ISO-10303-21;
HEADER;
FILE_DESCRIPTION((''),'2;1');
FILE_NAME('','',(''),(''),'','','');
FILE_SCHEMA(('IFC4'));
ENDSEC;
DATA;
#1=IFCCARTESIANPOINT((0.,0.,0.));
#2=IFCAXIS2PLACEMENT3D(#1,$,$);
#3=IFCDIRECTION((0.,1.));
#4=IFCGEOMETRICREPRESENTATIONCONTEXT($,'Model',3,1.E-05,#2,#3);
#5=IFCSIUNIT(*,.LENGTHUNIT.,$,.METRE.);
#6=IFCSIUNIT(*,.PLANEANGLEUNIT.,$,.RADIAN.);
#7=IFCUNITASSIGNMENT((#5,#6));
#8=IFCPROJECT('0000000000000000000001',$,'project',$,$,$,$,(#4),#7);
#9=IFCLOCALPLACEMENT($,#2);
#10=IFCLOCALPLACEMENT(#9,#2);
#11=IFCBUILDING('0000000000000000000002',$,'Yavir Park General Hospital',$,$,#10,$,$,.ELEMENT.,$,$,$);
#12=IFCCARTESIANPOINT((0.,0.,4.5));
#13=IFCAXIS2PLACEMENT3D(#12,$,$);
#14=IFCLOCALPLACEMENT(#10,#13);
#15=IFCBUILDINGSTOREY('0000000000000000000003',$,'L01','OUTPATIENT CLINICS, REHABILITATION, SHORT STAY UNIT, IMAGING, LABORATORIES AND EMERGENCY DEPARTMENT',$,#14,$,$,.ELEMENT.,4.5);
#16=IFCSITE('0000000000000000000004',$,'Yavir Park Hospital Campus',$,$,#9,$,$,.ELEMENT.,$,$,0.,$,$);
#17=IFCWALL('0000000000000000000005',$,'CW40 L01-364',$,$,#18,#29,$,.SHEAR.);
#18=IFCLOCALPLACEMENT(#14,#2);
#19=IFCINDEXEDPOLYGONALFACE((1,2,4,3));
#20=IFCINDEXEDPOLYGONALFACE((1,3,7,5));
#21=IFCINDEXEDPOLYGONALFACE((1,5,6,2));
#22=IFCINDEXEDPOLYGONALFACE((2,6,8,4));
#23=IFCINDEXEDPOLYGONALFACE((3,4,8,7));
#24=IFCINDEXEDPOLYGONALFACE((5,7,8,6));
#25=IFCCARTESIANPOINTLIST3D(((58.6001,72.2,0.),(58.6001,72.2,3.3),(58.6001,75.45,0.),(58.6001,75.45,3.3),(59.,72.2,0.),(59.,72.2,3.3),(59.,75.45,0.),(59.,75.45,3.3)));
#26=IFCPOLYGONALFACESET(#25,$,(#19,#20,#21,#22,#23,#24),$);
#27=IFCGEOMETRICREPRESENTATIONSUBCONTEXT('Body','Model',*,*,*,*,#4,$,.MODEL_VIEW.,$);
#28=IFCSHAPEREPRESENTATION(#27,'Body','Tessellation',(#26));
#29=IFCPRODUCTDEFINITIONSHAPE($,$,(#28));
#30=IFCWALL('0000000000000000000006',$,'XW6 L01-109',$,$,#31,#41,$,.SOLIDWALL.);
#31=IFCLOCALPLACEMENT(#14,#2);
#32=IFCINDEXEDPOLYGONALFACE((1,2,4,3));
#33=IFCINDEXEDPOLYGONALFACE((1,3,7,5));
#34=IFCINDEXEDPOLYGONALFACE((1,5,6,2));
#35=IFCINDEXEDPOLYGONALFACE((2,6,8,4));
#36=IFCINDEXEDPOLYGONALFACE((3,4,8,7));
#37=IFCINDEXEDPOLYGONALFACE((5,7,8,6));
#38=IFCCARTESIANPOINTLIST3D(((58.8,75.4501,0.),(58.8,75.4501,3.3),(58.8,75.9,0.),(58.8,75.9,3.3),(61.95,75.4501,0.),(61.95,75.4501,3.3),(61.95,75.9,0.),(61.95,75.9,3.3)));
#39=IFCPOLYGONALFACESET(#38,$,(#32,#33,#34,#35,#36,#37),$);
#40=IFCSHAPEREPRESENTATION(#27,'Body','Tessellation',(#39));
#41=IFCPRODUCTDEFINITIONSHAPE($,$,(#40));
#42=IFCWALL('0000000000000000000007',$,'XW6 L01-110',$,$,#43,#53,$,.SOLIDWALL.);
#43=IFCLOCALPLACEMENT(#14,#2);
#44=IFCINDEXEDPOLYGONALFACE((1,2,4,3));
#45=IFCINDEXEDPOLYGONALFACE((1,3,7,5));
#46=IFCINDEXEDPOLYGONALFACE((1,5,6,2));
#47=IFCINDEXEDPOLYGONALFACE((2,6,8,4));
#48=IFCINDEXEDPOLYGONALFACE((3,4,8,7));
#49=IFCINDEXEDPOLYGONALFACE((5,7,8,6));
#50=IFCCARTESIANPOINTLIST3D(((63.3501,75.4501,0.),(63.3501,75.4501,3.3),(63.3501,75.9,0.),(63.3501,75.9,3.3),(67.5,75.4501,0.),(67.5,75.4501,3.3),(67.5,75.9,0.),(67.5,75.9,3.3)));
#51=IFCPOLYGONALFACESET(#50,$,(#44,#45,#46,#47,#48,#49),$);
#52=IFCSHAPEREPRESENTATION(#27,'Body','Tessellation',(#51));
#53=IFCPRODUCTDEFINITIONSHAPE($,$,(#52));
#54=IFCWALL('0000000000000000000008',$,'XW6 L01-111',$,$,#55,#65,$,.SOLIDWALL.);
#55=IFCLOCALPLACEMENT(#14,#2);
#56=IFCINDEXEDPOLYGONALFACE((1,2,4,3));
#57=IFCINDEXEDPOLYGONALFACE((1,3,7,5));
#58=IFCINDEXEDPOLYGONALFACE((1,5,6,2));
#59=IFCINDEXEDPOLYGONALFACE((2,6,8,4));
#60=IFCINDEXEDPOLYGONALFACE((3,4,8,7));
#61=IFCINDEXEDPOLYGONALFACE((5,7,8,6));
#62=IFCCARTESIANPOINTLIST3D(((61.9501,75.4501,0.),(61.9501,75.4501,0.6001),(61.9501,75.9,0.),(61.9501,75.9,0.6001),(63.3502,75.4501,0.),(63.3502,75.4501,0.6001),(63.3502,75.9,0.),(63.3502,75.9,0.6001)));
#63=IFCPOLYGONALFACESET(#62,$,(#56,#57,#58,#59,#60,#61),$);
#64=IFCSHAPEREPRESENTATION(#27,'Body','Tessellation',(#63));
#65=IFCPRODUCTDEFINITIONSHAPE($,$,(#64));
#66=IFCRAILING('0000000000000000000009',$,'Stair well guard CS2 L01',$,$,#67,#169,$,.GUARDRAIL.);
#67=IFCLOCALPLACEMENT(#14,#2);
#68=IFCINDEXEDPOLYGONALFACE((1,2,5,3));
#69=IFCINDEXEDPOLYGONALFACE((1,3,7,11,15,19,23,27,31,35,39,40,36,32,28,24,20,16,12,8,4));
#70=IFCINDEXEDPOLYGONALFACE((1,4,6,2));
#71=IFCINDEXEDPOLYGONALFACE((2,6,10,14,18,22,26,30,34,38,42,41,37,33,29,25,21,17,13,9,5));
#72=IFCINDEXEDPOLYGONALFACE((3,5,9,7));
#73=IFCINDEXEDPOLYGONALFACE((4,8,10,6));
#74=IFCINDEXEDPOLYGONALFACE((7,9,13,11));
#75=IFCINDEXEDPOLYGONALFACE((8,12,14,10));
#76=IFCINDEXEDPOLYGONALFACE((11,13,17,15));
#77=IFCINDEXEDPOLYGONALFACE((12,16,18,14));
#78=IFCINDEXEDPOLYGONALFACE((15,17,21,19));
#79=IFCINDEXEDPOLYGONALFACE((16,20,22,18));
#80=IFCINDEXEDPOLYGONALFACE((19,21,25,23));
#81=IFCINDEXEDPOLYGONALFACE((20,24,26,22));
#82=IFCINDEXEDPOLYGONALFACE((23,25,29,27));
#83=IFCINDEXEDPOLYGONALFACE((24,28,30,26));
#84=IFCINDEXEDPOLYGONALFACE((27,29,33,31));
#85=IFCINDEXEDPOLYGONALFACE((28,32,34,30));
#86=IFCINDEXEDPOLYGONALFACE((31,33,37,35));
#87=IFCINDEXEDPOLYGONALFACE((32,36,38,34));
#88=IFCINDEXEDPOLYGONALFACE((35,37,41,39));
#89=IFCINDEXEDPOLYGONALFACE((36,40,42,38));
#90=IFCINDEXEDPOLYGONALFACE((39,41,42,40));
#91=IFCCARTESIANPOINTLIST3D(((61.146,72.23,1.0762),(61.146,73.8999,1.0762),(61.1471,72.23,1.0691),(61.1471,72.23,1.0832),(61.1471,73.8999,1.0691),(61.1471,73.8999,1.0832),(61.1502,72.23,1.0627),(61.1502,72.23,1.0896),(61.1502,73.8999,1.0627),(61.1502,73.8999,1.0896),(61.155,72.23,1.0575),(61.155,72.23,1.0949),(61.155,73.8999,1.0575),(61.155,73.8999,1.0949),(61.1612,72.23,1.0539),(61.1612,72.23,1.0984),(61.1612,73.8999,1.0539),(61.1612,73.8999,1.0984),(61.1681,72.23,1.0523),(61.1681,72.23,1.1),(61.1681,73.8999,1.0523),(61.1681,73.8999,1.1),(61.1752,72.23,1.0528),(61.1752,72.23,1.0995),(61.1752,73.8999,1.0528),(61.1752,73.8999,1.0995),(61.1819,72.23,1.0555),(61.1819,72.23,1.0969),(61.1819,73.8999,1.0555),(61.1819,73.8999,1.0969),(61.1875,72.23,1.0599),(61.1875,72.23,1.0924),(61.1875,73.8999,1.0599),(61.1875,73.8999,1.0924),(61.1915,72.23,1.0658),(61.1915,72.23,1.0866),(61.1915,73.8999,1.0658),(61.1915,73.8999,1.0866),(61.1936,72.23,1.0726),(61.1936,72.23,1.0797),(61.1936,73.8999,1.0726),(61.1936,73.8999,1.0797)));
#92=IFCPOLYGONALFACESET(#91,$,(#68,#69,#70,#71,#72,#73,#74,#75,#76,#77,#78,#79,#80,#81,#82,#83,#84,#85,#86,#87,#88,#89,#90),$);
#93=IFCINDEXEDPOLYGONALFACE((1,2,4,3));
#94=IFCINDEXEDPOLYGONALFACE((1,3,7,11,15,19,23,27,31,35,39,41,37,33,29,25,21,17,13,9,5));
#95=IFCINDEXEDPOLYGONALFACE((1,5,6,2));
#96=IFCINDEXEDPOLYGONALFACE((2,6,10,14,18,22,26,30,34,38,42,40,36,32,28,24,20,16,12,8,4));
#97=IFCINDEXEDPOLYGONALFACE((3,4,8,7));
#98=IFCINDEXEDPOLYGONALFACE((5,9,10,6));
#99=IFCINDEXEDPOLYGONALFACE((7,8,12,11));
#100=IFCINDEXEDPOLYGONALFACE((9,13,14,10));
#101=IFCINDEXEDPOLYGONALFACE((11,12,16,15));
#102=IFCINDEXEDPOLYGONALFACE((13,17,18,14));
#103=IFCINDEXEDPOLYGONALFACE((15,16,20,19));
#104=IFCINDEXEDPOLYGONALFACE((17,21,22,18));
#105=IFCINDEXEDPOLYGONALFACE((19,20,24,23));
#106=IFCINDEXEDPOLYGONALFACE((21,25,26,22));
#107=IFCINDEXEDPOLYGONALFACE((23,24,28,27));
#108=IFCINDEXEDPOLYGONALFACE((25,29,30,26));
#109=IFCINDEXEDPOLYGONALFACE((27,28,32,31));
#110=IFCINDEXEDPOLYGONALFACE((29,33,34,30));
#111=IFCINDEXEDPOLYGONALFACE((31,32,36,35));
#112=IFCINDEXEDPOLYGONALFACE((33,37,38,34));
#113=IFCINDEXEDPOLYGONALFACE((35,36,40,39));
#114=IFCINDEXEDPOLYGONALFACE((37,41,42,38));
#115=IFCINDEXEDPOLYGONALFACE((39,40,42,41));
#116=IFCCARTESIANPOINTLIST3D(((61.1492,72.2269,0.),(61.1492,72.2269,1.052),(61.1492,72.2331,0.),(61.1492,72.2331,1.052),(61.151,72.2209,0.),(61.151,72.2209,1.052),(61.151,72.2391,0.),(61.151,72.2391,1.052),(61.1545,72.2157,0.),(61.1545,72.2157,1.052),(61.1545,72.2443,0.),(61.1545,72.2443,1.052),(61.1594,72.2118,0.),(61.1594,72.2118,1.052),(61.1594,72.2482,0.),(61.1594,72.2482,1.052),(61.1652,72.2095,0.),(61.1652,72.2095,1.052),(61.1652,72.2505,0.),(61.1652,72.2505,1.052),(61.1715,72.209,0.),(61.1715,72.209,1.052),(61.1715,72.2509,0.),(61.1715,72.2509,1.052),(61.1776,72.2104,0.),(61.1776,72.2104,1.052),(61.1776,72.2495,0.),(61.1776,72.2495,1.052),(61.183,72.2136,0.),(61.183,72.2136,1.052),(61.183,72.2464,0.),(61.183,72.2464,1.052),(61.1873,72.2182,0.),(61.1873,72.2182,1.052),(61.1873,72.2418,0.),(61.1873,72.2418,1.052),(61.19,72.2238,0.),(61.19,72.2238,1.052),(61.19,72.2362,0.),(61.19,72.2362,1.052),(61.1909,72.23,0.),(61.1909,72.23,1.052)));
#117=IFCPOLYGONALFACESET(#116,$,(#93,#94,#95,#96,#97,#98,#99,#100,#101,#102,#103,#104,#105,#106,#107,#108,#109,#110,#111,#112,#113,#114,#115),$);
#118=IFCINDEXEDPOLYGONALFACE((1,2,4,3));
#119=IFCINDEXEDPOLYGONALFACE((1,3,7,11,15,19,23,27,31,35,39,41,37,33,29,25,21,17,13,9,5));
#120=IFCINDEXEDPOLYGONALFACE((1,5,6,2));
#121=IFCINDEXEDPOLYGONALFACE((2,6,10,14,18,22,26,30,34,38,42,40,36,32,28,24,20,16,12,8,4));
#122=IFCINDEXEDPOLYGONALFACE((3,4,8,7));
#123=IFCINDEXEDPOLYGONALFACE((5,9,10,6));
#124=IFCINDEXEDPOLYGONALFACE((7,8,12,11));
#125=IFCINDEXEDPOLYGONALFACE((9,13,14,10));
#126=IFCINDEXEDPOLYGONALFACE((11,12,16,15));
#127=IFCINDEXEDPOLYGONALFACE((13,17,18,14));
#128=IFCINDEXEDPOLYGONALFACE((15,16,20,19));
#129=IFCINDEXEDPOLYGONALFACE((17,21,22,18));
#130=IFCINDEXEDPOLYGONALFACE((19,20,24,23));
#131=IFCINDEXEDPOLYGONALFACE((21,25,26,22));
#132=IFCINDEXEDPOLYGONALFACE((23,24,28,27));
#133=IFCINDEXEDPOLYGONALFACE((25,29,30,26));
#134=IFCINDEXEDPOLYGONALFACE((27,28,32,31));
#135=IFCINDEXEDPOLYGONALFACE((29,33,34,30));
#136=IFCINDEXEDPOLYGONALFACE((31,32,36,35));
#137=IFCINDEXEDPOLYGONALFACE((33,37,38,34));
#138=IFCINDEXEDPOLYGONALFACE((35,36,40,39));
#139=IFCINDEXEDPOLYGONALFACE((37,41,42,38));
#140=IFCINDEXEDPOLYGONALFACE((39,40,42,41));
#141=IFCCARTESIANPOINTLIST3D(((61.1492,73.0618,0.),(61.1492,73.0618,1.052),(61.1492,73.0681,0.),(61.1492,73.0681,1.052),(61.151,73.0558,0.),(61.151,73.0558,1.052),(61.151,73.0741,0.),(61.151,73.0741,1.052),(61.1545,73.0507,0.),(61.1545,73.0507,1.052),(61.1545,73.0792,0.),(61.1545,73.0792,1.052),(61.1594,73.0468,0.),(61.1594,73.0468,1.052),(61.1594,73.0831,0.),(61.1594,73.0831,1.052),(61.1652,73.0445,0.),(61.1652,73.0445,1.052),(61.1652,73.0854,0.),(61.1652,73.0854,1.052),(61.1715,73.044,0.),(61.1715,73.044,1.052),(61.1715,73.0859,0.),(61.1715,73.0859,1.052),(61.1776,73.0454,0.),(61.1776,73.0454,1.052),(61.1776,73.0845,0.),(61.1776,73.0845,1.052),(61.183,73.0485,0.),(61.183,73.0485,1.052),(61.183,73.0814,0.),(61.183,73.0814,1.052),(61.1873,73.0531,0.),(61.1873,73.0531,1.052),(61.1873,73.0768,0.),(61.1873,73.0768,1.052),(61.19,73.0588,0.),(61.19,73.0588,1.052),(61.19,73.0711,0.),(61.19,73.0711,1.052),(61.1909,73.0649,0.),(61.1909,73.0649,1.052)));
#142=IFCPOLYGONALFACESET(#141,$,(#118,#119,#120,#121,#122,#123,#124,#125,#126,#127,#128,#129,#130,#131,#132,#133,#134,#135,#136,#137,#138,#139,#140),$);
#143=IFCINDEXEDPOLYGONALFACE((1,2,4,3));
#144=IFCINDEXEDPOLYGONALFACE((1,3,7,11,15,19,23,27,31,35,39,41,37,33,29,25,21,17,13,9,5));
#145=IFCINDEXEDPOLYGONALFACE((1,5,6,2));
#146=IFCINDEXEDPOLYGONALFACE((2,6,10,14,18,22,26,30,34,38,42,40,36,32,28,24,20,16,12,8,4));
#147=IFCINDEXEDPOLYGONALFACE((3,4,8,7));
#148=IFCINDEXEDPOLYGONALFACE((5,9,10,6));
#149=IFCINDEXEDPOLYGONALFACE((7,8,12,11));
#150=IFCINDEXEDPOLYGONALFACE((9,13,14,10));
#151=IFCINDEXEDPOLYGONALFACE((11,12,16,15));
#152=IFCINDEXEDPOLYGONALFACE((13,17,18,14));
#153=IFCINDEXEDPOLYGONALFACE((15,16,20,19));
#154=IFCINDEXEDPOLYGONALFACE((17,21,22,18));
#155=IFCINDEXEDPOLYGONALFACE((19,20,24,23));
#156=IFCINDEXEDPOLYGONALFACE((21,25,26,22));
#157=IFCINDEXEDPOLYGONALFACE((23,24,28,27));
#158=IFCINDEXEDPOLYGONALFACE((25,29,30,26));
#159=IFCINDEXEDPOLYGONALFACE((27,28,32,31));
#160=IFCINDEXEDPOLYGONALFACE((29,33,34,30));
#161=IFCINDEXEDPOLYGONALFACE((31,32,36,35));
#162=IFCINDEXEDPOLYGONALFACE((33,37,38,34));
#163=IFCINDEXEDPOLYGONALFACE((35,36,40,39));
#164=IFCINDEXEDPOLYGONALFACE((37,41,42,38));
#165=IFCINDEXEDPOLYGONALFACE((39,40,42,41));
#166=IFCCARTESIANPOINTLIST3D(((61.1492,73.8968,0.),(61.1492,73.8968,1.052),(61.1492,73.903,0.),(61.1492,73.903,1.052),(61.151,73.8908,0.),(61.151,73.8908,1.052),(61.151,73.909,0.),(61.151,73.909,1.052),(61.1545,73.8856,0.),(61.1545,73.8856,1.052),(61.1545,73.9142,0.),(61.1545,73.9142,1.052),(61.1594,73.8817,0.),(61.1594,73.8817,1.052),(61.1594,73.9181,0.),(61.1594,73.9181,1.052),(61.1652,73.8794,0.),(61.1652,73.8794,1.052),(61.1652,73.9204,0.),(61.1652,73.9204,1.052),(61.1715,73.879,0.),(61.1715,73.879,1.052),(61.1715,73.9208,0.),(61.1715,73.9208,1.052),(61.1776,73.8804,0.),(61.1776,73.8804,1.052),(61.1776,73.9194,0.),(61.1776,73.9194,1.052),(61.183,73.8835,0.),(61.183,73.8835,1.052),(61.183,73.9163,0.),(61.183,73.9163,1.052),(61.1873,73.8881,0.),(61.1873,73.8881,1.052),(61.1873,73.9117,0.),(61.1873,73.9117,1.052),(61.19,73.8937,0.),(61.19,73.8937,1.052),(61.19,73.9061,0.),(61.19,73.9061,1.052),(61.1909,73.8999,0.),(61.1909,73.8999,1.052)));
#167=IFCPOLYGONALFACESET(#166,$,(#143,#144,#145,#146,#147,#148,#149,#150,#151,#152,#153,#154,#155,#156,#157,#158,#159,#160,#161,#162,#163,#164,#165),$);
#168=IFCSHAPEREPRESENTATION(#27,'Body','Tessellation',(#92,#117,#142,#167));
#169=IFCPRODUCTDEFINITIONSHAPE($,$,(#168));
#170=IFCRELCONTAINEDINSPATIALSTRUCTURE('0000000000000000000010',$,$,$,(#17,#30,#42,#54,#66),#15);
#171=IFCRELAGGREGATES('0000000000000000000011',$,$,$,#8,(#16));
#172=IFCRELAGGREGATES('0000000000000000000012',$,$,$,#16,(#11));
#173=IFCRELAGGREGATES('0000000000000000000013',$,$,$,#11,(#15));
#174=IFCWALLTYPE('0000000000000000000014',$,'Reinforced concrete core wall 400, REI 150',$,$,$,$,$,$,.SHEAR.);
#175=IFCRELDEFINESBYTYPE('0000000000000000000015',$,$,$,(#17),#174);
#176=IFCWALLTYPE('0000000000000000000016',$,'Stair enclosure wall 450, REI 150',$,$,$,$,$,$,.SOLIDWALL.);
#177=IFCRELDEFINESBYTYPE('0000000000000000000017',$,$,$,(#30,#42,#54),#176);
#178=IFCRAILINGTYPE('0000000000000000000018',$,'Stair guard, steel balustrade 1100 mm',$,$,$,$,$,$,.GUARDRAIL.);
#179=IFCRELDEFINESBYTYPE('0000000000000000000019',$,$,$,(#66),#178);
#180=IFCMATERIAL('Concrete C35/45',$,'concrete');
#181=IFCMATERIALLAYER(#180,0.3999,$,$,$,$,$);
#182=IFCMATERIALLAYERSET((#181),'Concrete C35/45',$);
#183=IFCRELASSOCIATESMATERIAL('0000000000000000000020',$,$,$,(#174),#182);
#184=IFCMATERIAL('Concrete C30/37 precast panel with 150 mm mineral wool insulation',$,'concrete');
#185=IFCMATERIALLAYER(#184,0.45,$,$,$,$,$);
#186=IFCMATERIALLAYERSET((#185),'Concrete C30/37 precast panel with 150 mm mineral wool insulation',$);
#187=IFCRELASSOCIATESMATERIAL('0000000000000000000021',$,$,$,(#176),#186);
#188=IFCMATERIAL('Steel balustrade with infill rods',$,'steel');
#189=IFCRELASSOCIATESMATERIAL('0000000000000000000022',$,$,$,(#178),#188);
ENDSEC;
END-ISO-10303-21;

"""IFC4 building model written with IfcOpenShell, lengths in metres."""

from ifc_helpers import new_model, si_unit, direction, frame, frame_2d, origin, origin_2d, place, context, subcontext, project, spatial, rectangle, circle, extrude, material, layer, layer_set, type_object, element, save


model = new_model("IFC4")

# Units and contexts
model_context = context("Model", 3, precision=1e-05, world=origin(), true_north=direction((0.0, 1.0)))
body_context = subcontext(model_context, "Body", "Model", "MODEL_VIEW")
ifc_project = project(units=[si_unit("LENGTHUNIT", "METRE"), si_unit("PLANEANGLEUNIT", "RADIAN")], contexts=[model_context])

# Site, building, storey
site_placement = place(None, origin())
site = spatial("IfcSite", under=ifc_project, at=site_placement, Name="Yavir Park Hospital Campus", CompositionType="ELEMENT", RefElevation=0.0)
building_placement = place(site_placement, origin())
building = spatial("IfcBuilding", under=site, at=building_placement, Name="Yavir Park General Hospital", CompositionType="ELEMENT")
storey_placement = place(building_placement, frame((0.0, 0.0, 4.5)))
storey = spatial("IfcBuildingStorey", under=building, at=storey_placement, Name="L01", Description="OUTPATIENT CLINICS, REHABILITATION, SHORT STAY UNIT, IMAGING, LABORATORIES AND EMERGENCY DEPARTMENT", CompositionType="ELEMENT", Elevation=4.5)

# Shared definitions
ifc_material_1 = material(Name="Concrete C35/45", Category="concrete")
ifc_layer_1 = layer(ifc_material_1, 0.3999)
ifc_layer_set_1 = layer_set([ifc_layer_1], Name="Concrete C35/45")
wall_type_1 = type_object("IfcWallType", Name="Reinforced concrete core wall 400, REI 150", PredefinedType="SHEAR", material=ifc_layer_set_1)

# Walls
wall_1_placement = place(storey_placement, frame((58.8, 72.2, 0.0), z_axis=(0.0, 0.0, 1.0), x_axis=(0.0, 1.0, 0.0)))
element("IfcWall", 1, at=wall_1_placement, inside=storey, type_object=wall_type_1, Name="CW40 L01-364", PredefinedType="SHEAR", context=body_context, shape_type="SweptSolid", body=[
    extrude(rectangle(XDim=3.25, YDim=0.3999, at=frame_2d((1.625, 0.0))), origin(), (0.0, 0.0, 1.0), 3.3),
])
ifc_material_2 = material(Name="Concrete C30/37 precast panel with 150 mm mineral wool insulation", Category="concrete")
ifc_layer_2 = layer(ifc_material_2, 0.45)
ifc_layer_set_2 = layer_set([ifc_layer_2], Name="Concrete C30/37 precast panel with 150 mm mineral wool insulation")
wall_type_2 = type_object("IfcWallType", Name="Stair enclosure wall 450, REI 150", PredefinedType="SOLIDWALL", material=ifc_layer_set_2)
wall_2_placement = place(storey_placement, frame((58.8, 75.675, 0.0), z_axis=(0.0, 0.0, 1.0), x_axis=(1.0, 0.0, 0.0)))
element("IfcWall", 2, at=wall_2_placement, inside=storey, type_object=wall_type_2, Name="XW6 L01-109", PredefinedType="SOLIDWALL", context=body_context, shape_type="SweptSolid", body=[
    extrude(rectangle(XDim=3.1499, YDim=0.45, at=frame_2d((1.575, 0.0))), origin(), (0.0, 0.0, 1.0), 3.3),
])
wall_3_placement = place(storey_placement, frame((63.3501, 75.675, 0.0), z_axis=(0.0, 0.0, 1.0), x_axis=(1.0, 0.0, 0.0)))
element("IfcWall", 3, at=wall_3_placement, inside=storey, type_object=wall_type_2, Name="XW6 L01-110", PredefinedType="SOLIDWALL", context=body_context, shape_type="SweptSolid", body=[
    extrude(rectangle(XDim=4.1499, YDim=0.45, at=frame_2d((2.075, 0.0))), origin(), (0.0, 0.0, 1.0), 3.3),
])
wall_4_placement = place(storey_placement, frame((61.95, 75.675, 0.0), z_axis=(0.0, 0.0, 1.0), x_axis=(1.0, 0.0, 0.0)))
element("IfcWall", 4, at=wall_4_placement, inside=storey, type_object=wall_type_2, Name="XW6 L01-111", PredefinedType="SOLIDWALL", context=body_context, shape_type="SweptSolid", body=[
    extrude(rectangle(XDim=1.4001, YDim=0.45, at=frame_2d((0.7002, 0.0))), origin(), (0.0, 0.0, 1.0), 0.6001),
])

# Railing
ifc_material_3 = material(Name="Steel balustrade with infill rods", Category="steel")
railing_type = type_object("IfcRailingType", Name="Stair guard, steel balustrade 1100 mm", PredefinedType="GUARDRAIL", material=ifc_material_3)
railing_placement = place(storey_placement, frame((61.1699, 72.23, 0.0)))
element("IfcRailing", 5, at=railing_placement, inside=storey, type_object=railing_type, Name="Stair well guard CS2 L01", PredefinedType="GUARDRAIL", context=body_context, shape_type="SweptSolid", body=[
    extrude(circle(Radius=0.0239, at=origin_2d()), frame((0.0, 0.0, 1.0762), z_axis=(0.0, 1.0, 0.0), x_axis=(-1.0, 0.0, 0.0)), (0.0, 0.0, 1.0), 1.6699),
    extrude(circle(Radius=0.021, at=origin_2d()), origin(), (0.0, 0.0, 1.0), 1.052),
    extrude(circle(Radius=0.021, at=origin_2d()), frame((0.0, 0.835, 0.0)), (0.0, 0.0, 1.0), 1.052),
    extrude(circle(Radius=0.021, at=origin_2d()), frame((0.0, 1.6699, 0.0)), (0.0, 0.0, 1.0), 1.052),
])

save(model, "model.ifc")
